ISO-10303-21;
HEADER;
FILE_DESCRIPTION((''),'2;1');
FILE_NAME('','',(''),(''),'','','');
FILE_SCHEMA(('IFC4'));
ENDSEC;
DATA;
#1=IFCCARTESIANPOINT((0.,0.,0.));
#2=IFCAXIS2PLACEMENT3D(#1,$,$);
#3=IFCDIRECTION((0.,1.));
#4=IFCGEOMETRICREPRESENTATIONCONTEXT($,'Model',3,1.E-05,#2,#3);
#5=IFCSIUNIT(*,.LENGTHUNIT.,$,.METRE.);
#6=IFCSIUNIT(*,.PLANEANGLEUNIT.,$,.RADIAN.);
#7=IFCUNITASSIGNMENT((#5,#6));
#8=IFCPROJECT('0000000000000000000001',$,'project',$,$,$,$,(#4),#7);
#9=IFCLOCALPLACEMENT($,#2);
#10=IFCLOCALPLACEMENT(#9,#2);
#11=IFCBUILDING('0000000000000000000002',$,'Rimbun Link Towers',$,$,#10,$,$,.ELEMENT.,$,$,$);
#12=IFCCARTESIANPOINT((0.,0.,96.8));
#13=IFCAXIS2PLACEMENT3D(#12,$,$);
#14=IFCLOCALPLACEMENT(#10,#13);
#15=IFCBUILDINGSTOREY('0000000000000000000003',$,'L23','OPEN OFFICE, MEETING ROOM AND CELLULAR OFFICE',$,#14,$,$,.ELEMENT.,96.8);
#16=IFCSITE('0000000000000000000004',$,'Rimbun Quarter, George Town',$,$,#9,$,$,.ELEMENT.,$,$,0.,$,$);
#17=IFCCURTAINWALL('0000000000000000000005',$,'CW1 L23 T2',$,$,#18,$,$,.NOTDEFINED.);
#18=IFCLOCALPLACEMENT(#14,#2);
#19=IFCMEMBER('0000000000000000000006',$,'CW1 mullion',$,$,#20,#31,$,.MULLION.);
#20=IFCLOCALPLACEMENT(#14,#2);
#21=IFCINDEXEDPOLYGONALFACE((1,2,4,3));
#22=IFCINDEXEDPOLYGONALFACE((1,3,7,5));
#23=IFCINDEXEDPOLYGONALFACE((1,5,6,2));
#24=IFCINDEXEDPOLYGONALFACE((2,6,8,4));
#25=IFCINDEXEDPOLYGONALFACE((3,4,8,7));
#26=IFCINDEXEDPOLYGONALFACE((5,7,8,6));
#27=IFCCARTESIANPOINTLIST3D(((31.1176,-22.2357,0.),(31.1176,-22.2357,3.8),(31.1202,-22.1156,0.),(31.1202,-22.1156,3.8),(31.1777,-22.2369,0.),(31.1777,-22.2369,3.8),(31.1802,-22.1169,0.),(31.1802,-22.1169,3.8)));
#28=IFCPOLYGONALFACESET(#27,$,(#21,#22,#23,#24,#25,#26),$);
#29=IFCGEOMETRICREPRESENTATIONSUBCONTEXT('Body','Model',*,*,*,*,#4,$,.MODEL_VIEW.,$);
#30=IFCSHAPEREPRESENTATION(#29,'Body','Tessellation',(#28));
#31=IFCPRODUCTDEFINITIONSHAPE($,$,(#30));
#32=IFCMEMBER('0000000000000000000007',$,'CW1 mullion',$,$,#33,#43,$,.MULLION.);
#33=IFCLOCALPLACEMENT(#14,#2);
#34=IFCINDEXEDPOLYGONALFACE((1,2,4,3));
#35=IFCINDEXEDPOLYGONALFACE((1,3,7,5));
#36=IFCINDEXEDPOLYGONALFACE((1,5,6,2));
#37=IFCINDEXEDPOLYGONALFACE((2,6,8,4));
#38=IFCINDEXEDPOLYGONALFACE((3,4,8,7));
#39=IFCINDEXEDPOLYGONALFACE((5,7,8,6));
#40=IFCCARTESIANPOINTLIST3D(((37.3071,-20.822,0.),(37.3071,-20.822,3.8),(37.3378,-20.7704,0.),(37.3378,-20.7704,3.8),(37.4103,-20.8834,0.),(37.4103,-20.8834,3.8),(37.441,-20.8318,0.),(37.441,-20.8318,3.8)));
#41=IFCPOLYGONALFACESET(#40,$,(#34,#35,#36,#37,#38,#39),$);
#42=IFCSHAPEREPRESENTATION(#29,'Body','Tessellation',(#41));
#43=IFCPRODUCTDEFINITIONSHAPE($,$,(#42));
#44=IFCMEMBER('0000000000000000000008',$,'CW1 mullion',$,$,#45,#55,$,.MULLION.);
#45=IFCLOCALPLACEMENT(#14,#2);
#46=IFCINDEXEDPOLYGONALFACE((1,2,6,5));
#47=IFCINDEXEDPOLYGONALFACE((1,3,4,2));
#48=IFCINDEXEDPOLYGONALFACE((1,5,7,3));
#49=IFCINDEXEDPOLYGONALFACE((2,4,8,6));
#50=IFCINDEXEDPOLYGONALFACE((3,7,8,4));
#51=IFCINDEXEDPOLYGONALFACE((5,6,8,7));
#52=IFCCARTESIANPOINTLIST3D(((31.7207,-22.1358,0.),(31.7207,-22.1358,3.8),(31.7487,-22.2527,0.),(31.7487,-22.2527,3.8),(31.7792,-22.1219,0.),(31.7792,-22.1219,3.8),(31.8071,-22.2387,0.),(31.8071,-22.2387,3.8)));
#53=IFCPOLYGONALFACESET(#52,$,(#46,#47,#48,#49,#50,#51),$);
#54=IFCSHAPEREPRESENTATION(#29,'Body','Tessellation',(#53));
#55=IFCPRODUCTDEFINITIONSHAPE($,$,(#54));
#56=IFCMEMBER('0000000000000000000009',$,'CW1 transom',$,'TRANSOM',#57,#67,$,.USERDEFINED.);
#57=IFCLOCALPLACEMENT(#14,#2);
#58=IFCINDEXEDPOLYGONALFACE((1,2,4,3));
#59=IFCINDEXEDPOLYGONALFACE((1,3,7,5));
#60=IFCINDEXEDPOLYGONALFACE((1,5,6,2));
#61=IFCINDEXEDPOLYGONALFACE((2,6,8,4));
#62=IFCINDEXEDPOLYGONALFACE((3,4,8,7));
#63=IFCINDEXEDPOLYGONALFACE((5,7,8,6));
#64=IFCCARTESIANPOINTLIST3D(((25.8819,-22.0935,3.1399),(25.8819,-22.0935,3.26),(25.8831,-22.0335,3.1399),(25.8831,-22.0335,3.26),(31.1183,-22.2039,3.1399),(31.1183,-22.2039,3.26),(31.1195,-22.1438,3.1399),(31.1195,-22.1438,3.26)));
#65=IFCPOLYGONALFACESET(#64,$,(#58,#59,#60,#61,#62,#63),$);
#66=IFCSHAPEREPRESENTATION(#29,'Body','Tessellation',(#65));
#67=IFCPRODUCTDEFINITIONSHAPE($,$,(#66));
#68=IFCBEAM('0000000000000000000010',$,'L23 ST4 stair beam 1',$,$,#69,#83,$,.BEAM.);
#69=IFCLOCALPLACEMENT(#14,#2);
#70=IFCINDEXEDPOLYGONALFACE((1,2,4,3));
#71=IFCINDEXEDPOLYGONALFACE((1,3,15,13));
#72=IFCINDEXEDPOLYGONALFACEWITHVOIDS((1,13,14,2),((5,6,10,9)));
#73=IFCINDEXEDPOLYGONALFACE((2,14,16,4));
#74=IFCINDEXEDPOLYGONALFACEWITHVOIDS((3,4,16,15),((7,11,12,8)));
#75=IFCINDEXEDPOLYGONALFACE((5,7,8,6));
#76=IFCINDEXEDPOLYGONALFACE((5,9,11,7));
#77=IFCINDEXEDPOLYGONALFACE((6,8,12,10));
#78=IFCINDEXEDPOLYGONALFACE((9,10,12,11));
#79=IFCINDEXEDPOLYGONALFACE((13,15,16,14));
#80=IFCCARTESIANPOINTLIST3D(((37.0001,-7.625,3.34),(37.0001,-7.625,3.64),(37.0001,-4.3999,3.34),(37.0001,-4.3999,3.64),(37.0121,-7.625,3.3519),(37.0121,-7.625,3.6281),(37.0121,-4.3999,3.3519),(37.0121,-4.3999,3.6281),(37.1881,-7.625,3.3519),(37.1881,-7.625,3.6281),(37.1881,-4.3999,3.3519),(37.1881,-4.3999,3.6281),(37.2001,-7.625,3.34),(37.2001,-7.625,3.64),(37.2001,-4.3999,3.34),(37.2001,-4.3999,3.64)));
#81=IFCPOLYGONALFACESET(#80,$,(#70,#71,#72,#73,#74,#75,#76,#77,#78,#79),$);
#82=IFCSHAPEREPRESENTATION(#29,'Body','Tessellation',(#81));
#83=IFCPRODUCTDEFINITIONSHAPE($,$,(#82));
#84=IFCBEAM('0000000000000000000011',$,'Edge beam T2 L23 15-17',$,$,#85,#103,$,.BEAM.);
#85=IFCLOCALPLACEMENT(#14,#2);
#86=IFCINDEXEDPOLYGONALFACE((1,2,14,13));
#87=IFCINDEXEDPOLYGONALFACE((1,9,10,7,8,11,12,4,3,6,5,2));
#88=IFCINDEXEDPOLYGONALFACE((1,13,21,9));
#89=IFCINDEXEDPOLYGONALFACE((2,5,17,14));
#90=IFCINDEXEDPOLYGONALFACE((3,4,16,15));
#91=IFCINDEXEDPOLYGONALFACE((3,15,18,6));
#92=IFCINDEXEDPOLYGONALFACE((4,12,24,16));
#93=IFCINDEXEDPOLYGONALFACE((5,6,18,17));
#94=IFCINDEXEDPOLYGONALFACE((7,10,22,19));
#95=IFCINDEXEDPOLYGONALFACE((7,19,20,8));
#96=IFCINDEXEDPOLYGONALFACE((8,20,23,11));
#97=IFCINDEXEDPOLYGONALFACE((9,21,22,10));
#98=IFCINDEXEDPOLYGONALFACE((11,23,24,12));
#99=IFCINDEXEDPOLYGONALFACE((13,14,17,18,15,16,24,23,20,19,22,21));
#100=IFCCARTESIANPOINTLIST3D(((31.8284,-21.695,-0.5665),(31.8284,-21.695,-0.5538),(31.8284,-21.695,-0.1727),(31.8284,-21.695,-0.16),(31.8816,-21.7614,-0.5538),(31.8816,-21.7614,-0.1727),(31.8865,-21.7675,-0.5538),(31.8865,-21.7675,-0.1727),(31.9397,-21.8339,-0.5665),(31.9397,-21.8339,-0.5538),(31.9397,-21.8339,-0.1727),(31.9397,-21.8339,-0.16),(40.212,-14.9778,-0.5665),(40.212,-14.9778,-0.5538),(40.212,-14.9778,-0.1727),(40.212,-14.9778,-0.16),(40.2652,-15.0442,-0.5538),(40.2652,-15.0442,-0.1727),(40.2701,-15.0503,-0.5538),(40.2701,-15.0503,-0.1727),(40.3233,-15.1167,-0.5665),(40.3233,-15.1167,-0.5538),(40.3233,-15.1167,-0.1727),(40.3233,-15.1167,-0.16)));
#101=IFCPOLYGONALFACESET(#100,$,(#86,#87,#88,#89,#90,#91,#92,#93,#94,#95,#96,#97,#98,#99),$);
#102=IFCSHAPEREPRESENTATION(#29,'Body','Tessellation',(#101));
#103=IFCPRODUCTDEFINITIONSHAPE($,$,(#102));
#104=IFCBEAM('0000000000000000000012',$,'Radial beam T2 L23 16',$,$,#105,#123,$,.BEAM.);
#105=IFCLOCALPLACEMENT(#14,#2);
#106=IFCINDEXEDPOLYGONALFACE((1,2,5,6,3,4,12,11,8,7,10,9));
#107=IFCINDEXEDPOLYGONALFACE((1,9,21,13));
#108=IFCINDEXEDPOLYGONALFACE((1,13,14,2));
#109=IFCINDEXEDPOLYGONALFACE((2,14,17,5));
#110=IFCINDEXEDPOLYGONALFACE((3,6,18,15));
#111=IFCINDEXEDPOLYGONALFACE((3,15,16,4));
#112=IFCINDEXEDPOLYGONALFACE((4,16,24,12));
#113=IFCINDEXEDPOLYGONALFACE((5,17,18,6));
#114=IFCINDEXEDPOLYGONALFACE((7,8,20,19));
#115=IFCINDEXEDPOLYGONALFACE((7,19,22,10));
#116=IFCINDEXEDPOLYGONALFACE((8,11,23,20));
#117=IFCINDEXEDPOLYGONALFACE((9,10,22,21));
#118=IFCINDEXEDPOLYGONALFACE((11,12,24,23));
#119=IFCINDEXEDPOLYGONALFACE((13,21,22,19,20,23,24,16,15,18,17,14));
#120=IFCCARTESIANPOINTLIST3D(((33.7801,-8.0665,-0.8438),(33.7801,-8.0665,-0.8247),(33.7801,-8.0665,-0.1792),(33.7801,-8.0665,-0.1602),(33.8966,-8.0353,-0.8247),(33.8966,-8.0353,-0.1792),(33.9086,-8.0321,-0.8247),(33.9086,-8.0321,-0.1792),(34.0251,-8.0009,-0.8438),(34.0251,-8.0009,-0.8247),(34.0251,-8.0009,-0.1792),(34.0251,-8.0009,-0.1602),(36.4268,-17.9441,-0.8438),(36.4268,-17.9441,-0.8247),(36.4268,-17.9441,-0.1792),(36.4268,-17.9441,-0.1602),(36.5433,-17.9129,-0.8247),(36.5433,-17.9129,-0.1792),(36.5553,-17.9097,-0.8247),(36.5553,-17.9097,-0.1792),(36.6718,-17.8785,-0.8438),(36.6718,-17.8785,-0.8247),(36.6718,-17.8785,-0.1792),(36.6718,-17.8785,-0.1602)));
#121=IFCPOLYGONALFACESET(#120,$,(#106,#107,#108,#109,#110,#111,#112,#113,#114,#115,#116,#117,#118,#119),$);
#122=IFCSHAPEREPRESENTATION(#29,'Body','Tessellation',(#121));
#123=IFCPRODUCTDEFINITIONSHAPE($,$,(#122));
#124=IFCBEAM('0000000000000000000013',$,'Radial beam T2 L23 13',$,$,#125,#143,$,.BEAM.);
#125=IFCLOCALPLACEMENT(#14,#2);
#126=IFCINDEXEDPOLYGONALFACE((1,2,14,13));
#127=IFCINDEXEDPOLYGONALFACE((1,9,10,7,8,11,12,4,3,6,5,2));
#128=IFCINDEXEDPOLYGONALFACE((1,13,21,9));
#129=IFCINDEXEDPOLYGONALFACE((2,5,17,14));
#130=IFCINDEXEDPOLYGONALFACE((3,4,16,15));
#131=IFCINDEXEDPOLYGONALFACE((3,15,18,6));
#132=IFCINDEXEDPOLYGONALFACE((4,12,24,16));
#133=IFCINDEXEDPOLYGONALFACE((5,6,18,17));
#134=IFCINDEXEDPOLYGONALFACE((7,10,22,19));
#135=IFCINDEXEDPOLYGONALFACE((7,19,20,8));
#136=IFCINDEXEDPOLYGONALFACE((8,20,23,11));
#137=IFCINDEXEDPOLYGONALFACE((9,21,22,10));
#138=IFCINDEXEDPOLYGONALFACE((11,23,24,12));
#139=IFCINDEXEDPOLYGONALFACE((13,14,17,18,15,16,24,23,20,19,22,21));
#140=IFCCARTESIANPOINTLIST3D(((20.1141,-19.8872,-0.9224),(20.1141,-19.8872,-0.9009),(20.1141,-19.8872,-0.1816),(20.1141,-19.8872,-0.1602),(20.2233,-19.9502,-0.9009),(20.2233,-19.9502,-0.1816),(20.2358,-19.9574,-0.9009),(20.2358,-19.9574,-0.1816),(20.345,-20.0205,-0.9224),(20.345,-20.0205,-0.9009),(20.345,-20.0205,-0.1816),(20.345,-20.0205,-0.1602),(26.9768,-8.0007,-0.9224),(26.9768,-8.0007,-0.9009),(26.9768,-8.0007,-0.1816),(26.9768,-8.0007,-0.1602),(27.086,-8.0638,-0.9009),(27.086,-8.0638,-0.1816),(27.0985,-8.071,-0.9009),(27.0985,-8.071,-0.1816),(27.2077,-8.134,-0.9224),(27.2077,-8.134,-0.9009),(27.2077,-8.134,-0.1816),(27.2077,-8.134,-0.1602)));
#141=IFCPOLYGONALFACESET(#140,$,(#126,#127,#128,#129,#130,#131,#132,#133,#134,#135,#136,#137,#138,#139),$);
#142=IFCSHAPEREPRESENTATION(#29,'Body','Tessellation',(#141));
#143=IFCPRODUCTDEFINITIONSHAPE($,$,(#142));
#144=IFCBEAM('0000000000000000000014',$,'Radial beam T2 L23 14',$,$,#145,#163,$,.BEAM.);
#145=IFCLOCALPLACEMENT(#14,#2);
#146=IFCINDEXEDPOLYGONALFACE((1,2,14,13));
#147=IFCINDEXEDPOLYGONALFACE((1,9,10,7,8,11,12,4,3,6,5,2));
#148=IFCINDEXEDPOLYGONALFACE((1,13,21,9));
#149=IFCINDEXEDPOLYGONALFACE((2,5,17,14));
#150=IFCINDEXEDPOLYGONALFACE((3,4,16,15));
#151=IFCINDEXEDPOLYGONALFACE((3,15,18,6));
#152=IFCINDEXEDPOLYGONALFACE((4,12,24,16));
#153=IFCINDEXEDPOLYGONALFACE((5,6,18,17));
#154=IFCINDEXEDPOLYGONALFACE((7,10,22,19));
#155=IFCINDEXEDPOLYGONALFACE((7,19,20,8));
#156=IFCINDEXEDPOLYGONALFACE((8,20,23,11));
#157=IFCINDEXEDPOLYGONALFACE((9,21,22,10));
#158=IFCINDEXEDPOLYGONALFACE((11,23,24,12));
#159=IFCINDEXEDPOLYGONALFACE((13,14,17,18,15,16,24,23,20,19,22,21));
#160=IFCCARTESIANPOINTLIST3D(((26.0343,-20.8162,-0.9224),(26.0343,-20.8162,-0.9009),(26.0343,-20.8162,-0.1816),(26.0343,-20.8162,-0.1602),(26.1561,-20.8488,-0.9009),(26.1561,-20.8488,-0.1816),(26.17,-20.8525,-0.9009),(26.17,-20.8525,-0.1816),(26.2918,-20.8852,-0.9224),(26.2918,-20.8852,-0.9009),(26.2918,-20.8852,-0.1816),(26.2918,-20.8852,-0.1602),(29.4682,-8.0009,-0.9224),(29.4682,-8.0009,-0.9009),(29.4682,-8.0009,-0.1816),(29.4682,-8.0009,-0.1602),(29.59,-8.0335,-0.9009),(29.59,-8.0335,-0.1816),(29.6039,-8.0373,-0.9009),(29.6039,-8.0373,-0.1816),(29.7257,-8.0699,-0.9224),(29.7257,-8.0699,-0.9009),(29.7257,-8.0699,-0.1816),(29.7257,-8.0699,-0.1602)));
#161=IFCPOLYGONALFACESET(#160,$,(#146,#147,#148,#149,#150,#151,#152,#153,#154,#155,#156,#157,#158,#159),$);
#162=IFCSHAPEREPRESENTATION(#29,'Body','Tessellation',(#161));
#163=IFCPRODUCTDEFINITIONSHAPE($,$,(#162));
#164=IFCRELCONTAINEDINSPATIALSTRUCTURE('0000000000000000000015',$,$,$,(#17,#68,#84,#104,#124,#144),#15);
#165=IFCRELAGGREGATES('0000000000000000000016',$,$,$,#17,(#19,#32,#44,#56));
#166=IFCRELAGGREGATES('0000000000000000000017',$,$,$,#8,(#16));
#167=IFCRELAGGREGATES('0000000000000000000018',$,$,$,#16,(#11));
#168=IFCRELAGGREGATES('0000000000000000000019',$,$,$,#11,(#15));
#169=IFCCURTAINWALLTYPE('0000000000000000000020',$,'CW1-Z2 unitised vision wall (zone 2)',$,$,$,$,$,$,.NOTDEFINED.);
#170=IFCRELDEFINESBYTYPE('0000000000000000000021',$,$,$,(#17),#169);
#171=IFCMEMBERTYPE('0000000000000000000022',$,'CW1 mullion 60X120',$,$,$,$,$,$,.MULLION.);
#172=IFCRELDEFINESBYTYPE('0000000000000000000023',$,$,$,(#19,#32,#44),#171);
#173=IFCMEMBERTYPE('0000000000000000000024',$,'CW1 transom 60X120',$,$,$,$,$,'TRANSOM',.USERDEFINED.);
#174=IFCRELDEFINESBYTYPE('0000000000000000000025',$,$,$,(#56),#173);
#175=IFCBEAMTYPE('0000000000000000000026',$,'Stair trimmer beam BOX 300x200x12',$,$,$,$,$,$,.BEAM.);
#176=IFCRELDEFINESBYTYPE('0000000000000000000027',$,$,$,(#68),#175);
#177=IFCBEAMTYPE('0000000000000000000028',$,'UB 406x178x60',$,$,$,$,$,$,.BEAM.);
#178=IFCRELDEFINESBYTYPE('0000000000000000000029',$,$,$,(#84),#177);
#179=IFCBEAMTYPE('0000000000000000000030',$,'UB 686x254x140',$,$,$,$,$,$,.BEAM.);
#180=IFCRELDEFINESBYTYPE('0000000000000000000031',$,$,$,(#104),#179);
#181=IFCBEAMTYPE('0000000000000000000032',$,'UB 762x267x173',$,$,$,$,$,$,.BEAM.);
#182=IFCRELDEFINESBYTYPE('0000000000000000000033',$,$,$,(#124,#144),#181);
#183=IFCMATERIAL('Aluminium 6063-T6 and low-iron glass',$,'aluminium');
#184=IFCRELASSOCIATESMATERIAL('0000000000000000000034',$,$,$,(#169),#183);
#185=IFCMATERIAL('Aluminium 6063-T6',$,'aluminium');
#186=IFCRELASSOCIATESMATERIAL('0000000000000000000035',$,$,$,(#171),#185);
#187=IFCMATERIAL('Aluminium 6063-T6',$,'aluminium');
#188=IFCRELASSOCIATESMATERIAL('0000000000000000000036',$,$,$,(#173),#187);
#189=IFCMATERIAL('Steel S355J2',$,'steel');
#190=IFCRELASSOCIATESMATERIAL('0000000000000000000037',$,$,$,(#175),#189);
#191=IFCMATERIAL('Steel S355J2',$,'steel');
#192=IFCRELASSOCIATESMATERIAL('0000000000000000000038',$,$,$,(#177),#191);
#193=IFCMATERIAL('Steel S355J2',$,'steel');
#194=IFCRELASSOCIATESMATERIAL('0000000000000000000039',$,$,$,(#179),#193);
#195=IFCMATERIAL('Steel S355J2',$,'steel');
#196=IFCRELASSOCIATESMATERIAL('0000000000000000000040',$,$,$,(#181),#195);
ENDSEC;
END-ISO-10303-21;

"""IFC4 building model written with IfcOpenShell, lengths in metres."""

from ifc_helpers import new_model, si_unit, direction, frame, origin, origin_2d, place, context, subcontext, project, spatial, rectangle, hollow_rectangle, i_section, extrude, material, material_profile, profile_set, type_object, element, aggregate, save


model = new_model("IFC4")

# Units and contexts
model_context = context("Model", 3, precision=1e-05, world=origin(), true_north=direction((0.0, 1.0)))
body_context = subcontext(model_context, "Body", "Model", "MODEL_VIEW")
ifc_project = project(units=[si_unit("LENGTHUNIT", "METRE"), si_unit("PLANEANGLEUNIT", "RADIAN")], contexts=[model_context])

# Site, building, storey
site_placement = place(None, origin())
site = spatial("IfcSite", under=ifc_project, at=site_placement, Name="Rimbun Quarter, George Town", CompositionType="ELEMENT", RefElevation=0.0)
building_placement = place(site_placement, origin())
building = spatial("IfcBuilding", under=site, at=building_placement, Name="Rimbun Link Towers", CompositionType="ELEMENT")
storey_placement = place(building_placement, frame((0.0, 0.0, 96.8)))
storey = spatial("IfcBuildingStorey", under=building, at=storey_placement, Name="L23", Description="OPEN OFFICE, MEETING ROOM AND CELLULAR OFFICE", CompositionType="ELEMENT", Elevation=96.8)

# Curtain wall, members
ifc_material_1 = material(Name="Aluminium 6063-T6 and low-iron glass", Category="aluminium")
curtain_wall_type = type_object("IfcCurtainWallType", Name="CW1-Z2 unitised vision wall (zone 2)", PredefinedType="NOTDEFINED", material=ifc_material_1)
curtain_wall_placement = place(storey_placement, origin())
curtain_wall = element("IfcCurtainWall", 1, at=curtain_wall_placement, inside=storey, type_object=curtain_wall_type, Name="CW1 L23 T2", PredefinedType="NOTDEFINED")
ifc_material_2 = material(Name="Aluminium 6063-T6", Category="aluminium")
ifc_material_profile_1 = material_profile(ifc_material_2, rectangle(XDim=0.1201, YDim=0.0601, at=origin_2d()), Name="MULLION 60X120")
ifc_profile_set_1 = profile_set([ifc_material_profile_1], Name="Aluminium 6063-T6")
member_type_1 = type_object("IfcMemberType", Name="CW1 mullion 60X120", PredefinedType="MULLION", material=ifc_profile_set_1)
member_1_placement = place(storey_placement, frame((31.1489, -22.1763, 0.0), z_axis=(0.0, 0.0, 1.0), x_axis=(-0.02106, -0.999778, 0.0)))
member_1 = element("IfcMember", 2, at=member_1_placement, type_object=member_type_1, Name="CW1 mullion", PredefinedType="MULLION", context=body_context, shape_type="SweptSolid", body=[
    extrude(rectangle(XDim=0.1201, YDim=0.0601, at=origin_2d()), origin(), (0.0, 0.0, 1.0), 3.8),
])
member_2_placement = place(storey_placement, frame((37.374, -20.8269, 0.0), z_axis=(0.0, 0.0, 1.0), x_axis=(0.859189, -0.511659, 0.0)))
member_2 = element("IfcMember", 3, at=member_2_placement, type_object=member_type_1, Name="CW1 mullion", PredefinedType="MULLION", context=body_context, shape_type="SweptSolid", body=[
    extrude(rectangle(XDim=0.1201, YDim=0.0601, at=origin_2d()), origin(), (0.0, 0.0, 1.0), 3.8),
])
member_3_placement = place(storey_placement, frame((31.7639, -22.1873, 0.0), z_axis=(0.0, 0.0, 1.0), x_axis=(0.232601, -0.972572, 0.0)))
member_3 = element("IfcMember", 4, at=member_3_placement, type_object=member_type_1, Name="CW1 mullion", PredefinedType="MULLION", context=body_context, shape_type="SweptSolid", body=[
    extrude(rectangle(XDim=0.1201, YDim=0.0601, at=origin_2d()), origin(), (0.0, 0.0, 1.0), 3.8),
])
ifc_material_3 = material(Name="Aluminium 6063-T6", Category="aluminium")
ifc_material_profile_2 = material_profile(ifc_material_3, rectangle(XDim=0.0601, YDim=0.1201, at=origin_2d()), Name="TRANSOM 60X120")
ifc_profile_set_2 = profile_set([ifc_material_profile_2], Name="Aluminium 6063-T6")
member_type_2 = type_object("IfcMemberType", Name="CW1 transom 60X120", ElementType="TRANSOM", PredefinedType="USERDEFINED", material=ifc_profile_set_2)
member_4_placement = place(storey_placement, frame((31.1189, -22.1738, 3.2), z_axis=(-0.999778, 0.02107, 0.0), x_axis=(-0.02107, -0.999778, 0.0)))
member_4 = element("IfcMember", 5, at=member_4_placement, type_object=member_type_2, Name="CW1 transom", ObjectType="TRANSOM", PredefinedType="USERDEFINED", context=body_context, shape_type="SweptSolid", body=[
    extrude(rectangle(XDim=0.0601, YDim=0.1201, at=origin_2d()), origin(), (0.0, 0.0, 1.0), 5.2375),
])

# Beams
ifc_material_4 = material(Name="Steel S355J2", Category="steel")
ifc_material_profile_3 = material_profile(ifc_material_4, hollow_rectangle(XDim=0.2, YDim=0.3, WallThickness=0.012, at=origin_2d()), Name="BOX 300x200x12")
ifc_profile_set_3 = profile_set([ifc_material_profile_3], Name="Steel S355J2")
beam_type_1 = type_object("IfcBeamType", Name="Stair trimmer beam BOX 300x200x12", PredefinedType="BEAM", material=ifc_profile_set_3)
beam_1_placement = place(storey_placement, frame((37.1001, -7.625, 3.49), z_axis=(0.0, 1.0, 0.0), x_axis=(-1.0, 0.0, 0.0)))
element("IfcBeam", 6, at=beam_1_placement, inside=storey, type_object=beam_type_1, Name="L23 ST4 stair beam 1", PredefinedType="BEAM", context=body_context, shape_type="SweptSolid", body=[
    extrude(hollow_rectangle(XDim=0.2, YDim=0.3, WallThickness=0.012, at=origin_2d()), origin(), (0.0, 0.0, 1.0), 3.2251),
])
ifc_material_5 = material(Name="Steel S355J2", Category="steel")
ifc_material_profile_4 = material_profile(ifc_material_5, i_section(OverallWidth=0.178, OverallDepth=0.4065, WebThickness=0.0078, FlangeThickness=0.0127, at=origin_2d()), Name="UB 406x178x60")
ifc_profile_set_4 = profile_set([ifc_material_profile_4], Name="Steel S355J2")
beam_type_2 = type_object("IfcBeamType", Name="UB 406x178x60", PredefinedType="BEAM", material=ifc_profile_set_4)
beam_2_placement = place(storey_placement, frame((31.884, -21.7644, -0.3633), z_axis=(0.780405, 0.625274, 0.0), x_axis=(-0.625274, 0.780405, 0.0)))
element("IfcBeam", 7, at=beam_2_placement, inside=storey, type_object=beam_type_2, Name="Edge beam T2 L23 15-17", PredefinedType="BEAM", context=body_context, shape_type="SweptSolid", body=[
    extrude(i_section(OverallWidth=0.178, OverallDepth=0.4065, WebThickness=0.0078, FlangeThickness=0.0127, at=origin_2d()), origin(), (0.0, 0.0, 1.0), 10.7427),
])
ifc_material_6 = material(Name="Steel S355J2", Category="steel")
ifc_material_profile_5 = material_profile(ifc_material_6, i_section(OverallWidth=0.2537, OverallDepth=0.6836, WebThickness=0.0125, FlangeThickness=0.019, at=origin_2d()), Name="UB 686x254x140")
ifc_profile_set_5 = profile_set([ifc_material_profile_5], Name="Steel S355J2")
beam_type_3 = type_object("IfcBeamType", Name="UB 686x254x140", PredefinedType="BEAM", material=ifc_profile_set_5)
beam_3_placement = place(storey_placement, frame((33.9026, -8.0337, -0.502), z_axis=(0.25882, -0.965926, 0.0), x_axis=(0.965926, 0.25882, 0.0)))
element("IfcBeam", 8, at=beam_3_placement, inside=storey, type_object=beam_type_3, Name="Radial beam T2 L23 16", PredefinedType="BEAM", context=body_context, shape_type="SweptSolid", body=[
    extrude(i_section(OverallWidth=0.2537, OverallDepth=0.6836, WebThickness=0.0125, FlangeThickness=0.019, at=origin_2d()), origin(), (0.0, 0.0, 1.0), 10.2261),
])
ifc_material_7 = material(Name="Steel S355J2", Category="steel")
ifc_material_profile_6 = material_profile(ifc_material_7, i_section(OverallWidth=0.2666, OverallDepth=0.7622, WebThickness=0.0144, FlangeThickness=0.0215, at=origin_2d()), Name="UB 762x267x173")
ifc_profile_set_6 = profile_set([ifc_material_profile_6], Name="Steel S355J2")
beam_type_4 = type_object("IfcBeamType", Name="UB 762x267x173", PredefinedType="BEAM", material=ifc_profile_set_6)
beam_4_placement = place(storey_placement, frame((27.0923, -8.0674, -0.5413), z_axis=(-0.500007, -0.866021, 0.0), x_axis=(0.866021, -0.500007, 0.0)))
element("IfcBeam", 9, at=beam_4_placement, inside=storey, type_object=beam_type_4, Name="Radial beam T2 L23 13", PredefinedType="BEAM", context=body_context, shape_type="SweptSolid", body=[
    extrude(i_section(OverallWidth=0.2666, OverallDepth=0.7622, WebThickness=0.0144, FlangeThickness=0.0215, at=origin_2d()), origin(), (0.0, 0.0, 1.0), 13.7253),
])
beam_5_placement = place(storey_placement, frame((29.5969, -8.0354, -0.5413), z_axis=(-0.25882, -0.965925, 0.0), x_axis=(0.965925, -0.25882, 0.0)))
element("IfcBeam", 10, at=beam_5_placement, inside=storey, type_object=beam_type_4, Name="Radial beam T2 L23 14", PredefinedType="BEAM", context=body_context, shape_type="SweptSolid", body=[
    extrude(i_section(OverallWidth=0.2666, OverallDepth=0.7622, WebThickness=0.0144, FlangeThickness=0.0215, at=origin_2d()), origin(), (0.0, 0.0, 1.0), 13.2673),
])

aggregate(curtain_wall, [member_1, member_2, member_3, member_4])

save(model, "model.ifc")
